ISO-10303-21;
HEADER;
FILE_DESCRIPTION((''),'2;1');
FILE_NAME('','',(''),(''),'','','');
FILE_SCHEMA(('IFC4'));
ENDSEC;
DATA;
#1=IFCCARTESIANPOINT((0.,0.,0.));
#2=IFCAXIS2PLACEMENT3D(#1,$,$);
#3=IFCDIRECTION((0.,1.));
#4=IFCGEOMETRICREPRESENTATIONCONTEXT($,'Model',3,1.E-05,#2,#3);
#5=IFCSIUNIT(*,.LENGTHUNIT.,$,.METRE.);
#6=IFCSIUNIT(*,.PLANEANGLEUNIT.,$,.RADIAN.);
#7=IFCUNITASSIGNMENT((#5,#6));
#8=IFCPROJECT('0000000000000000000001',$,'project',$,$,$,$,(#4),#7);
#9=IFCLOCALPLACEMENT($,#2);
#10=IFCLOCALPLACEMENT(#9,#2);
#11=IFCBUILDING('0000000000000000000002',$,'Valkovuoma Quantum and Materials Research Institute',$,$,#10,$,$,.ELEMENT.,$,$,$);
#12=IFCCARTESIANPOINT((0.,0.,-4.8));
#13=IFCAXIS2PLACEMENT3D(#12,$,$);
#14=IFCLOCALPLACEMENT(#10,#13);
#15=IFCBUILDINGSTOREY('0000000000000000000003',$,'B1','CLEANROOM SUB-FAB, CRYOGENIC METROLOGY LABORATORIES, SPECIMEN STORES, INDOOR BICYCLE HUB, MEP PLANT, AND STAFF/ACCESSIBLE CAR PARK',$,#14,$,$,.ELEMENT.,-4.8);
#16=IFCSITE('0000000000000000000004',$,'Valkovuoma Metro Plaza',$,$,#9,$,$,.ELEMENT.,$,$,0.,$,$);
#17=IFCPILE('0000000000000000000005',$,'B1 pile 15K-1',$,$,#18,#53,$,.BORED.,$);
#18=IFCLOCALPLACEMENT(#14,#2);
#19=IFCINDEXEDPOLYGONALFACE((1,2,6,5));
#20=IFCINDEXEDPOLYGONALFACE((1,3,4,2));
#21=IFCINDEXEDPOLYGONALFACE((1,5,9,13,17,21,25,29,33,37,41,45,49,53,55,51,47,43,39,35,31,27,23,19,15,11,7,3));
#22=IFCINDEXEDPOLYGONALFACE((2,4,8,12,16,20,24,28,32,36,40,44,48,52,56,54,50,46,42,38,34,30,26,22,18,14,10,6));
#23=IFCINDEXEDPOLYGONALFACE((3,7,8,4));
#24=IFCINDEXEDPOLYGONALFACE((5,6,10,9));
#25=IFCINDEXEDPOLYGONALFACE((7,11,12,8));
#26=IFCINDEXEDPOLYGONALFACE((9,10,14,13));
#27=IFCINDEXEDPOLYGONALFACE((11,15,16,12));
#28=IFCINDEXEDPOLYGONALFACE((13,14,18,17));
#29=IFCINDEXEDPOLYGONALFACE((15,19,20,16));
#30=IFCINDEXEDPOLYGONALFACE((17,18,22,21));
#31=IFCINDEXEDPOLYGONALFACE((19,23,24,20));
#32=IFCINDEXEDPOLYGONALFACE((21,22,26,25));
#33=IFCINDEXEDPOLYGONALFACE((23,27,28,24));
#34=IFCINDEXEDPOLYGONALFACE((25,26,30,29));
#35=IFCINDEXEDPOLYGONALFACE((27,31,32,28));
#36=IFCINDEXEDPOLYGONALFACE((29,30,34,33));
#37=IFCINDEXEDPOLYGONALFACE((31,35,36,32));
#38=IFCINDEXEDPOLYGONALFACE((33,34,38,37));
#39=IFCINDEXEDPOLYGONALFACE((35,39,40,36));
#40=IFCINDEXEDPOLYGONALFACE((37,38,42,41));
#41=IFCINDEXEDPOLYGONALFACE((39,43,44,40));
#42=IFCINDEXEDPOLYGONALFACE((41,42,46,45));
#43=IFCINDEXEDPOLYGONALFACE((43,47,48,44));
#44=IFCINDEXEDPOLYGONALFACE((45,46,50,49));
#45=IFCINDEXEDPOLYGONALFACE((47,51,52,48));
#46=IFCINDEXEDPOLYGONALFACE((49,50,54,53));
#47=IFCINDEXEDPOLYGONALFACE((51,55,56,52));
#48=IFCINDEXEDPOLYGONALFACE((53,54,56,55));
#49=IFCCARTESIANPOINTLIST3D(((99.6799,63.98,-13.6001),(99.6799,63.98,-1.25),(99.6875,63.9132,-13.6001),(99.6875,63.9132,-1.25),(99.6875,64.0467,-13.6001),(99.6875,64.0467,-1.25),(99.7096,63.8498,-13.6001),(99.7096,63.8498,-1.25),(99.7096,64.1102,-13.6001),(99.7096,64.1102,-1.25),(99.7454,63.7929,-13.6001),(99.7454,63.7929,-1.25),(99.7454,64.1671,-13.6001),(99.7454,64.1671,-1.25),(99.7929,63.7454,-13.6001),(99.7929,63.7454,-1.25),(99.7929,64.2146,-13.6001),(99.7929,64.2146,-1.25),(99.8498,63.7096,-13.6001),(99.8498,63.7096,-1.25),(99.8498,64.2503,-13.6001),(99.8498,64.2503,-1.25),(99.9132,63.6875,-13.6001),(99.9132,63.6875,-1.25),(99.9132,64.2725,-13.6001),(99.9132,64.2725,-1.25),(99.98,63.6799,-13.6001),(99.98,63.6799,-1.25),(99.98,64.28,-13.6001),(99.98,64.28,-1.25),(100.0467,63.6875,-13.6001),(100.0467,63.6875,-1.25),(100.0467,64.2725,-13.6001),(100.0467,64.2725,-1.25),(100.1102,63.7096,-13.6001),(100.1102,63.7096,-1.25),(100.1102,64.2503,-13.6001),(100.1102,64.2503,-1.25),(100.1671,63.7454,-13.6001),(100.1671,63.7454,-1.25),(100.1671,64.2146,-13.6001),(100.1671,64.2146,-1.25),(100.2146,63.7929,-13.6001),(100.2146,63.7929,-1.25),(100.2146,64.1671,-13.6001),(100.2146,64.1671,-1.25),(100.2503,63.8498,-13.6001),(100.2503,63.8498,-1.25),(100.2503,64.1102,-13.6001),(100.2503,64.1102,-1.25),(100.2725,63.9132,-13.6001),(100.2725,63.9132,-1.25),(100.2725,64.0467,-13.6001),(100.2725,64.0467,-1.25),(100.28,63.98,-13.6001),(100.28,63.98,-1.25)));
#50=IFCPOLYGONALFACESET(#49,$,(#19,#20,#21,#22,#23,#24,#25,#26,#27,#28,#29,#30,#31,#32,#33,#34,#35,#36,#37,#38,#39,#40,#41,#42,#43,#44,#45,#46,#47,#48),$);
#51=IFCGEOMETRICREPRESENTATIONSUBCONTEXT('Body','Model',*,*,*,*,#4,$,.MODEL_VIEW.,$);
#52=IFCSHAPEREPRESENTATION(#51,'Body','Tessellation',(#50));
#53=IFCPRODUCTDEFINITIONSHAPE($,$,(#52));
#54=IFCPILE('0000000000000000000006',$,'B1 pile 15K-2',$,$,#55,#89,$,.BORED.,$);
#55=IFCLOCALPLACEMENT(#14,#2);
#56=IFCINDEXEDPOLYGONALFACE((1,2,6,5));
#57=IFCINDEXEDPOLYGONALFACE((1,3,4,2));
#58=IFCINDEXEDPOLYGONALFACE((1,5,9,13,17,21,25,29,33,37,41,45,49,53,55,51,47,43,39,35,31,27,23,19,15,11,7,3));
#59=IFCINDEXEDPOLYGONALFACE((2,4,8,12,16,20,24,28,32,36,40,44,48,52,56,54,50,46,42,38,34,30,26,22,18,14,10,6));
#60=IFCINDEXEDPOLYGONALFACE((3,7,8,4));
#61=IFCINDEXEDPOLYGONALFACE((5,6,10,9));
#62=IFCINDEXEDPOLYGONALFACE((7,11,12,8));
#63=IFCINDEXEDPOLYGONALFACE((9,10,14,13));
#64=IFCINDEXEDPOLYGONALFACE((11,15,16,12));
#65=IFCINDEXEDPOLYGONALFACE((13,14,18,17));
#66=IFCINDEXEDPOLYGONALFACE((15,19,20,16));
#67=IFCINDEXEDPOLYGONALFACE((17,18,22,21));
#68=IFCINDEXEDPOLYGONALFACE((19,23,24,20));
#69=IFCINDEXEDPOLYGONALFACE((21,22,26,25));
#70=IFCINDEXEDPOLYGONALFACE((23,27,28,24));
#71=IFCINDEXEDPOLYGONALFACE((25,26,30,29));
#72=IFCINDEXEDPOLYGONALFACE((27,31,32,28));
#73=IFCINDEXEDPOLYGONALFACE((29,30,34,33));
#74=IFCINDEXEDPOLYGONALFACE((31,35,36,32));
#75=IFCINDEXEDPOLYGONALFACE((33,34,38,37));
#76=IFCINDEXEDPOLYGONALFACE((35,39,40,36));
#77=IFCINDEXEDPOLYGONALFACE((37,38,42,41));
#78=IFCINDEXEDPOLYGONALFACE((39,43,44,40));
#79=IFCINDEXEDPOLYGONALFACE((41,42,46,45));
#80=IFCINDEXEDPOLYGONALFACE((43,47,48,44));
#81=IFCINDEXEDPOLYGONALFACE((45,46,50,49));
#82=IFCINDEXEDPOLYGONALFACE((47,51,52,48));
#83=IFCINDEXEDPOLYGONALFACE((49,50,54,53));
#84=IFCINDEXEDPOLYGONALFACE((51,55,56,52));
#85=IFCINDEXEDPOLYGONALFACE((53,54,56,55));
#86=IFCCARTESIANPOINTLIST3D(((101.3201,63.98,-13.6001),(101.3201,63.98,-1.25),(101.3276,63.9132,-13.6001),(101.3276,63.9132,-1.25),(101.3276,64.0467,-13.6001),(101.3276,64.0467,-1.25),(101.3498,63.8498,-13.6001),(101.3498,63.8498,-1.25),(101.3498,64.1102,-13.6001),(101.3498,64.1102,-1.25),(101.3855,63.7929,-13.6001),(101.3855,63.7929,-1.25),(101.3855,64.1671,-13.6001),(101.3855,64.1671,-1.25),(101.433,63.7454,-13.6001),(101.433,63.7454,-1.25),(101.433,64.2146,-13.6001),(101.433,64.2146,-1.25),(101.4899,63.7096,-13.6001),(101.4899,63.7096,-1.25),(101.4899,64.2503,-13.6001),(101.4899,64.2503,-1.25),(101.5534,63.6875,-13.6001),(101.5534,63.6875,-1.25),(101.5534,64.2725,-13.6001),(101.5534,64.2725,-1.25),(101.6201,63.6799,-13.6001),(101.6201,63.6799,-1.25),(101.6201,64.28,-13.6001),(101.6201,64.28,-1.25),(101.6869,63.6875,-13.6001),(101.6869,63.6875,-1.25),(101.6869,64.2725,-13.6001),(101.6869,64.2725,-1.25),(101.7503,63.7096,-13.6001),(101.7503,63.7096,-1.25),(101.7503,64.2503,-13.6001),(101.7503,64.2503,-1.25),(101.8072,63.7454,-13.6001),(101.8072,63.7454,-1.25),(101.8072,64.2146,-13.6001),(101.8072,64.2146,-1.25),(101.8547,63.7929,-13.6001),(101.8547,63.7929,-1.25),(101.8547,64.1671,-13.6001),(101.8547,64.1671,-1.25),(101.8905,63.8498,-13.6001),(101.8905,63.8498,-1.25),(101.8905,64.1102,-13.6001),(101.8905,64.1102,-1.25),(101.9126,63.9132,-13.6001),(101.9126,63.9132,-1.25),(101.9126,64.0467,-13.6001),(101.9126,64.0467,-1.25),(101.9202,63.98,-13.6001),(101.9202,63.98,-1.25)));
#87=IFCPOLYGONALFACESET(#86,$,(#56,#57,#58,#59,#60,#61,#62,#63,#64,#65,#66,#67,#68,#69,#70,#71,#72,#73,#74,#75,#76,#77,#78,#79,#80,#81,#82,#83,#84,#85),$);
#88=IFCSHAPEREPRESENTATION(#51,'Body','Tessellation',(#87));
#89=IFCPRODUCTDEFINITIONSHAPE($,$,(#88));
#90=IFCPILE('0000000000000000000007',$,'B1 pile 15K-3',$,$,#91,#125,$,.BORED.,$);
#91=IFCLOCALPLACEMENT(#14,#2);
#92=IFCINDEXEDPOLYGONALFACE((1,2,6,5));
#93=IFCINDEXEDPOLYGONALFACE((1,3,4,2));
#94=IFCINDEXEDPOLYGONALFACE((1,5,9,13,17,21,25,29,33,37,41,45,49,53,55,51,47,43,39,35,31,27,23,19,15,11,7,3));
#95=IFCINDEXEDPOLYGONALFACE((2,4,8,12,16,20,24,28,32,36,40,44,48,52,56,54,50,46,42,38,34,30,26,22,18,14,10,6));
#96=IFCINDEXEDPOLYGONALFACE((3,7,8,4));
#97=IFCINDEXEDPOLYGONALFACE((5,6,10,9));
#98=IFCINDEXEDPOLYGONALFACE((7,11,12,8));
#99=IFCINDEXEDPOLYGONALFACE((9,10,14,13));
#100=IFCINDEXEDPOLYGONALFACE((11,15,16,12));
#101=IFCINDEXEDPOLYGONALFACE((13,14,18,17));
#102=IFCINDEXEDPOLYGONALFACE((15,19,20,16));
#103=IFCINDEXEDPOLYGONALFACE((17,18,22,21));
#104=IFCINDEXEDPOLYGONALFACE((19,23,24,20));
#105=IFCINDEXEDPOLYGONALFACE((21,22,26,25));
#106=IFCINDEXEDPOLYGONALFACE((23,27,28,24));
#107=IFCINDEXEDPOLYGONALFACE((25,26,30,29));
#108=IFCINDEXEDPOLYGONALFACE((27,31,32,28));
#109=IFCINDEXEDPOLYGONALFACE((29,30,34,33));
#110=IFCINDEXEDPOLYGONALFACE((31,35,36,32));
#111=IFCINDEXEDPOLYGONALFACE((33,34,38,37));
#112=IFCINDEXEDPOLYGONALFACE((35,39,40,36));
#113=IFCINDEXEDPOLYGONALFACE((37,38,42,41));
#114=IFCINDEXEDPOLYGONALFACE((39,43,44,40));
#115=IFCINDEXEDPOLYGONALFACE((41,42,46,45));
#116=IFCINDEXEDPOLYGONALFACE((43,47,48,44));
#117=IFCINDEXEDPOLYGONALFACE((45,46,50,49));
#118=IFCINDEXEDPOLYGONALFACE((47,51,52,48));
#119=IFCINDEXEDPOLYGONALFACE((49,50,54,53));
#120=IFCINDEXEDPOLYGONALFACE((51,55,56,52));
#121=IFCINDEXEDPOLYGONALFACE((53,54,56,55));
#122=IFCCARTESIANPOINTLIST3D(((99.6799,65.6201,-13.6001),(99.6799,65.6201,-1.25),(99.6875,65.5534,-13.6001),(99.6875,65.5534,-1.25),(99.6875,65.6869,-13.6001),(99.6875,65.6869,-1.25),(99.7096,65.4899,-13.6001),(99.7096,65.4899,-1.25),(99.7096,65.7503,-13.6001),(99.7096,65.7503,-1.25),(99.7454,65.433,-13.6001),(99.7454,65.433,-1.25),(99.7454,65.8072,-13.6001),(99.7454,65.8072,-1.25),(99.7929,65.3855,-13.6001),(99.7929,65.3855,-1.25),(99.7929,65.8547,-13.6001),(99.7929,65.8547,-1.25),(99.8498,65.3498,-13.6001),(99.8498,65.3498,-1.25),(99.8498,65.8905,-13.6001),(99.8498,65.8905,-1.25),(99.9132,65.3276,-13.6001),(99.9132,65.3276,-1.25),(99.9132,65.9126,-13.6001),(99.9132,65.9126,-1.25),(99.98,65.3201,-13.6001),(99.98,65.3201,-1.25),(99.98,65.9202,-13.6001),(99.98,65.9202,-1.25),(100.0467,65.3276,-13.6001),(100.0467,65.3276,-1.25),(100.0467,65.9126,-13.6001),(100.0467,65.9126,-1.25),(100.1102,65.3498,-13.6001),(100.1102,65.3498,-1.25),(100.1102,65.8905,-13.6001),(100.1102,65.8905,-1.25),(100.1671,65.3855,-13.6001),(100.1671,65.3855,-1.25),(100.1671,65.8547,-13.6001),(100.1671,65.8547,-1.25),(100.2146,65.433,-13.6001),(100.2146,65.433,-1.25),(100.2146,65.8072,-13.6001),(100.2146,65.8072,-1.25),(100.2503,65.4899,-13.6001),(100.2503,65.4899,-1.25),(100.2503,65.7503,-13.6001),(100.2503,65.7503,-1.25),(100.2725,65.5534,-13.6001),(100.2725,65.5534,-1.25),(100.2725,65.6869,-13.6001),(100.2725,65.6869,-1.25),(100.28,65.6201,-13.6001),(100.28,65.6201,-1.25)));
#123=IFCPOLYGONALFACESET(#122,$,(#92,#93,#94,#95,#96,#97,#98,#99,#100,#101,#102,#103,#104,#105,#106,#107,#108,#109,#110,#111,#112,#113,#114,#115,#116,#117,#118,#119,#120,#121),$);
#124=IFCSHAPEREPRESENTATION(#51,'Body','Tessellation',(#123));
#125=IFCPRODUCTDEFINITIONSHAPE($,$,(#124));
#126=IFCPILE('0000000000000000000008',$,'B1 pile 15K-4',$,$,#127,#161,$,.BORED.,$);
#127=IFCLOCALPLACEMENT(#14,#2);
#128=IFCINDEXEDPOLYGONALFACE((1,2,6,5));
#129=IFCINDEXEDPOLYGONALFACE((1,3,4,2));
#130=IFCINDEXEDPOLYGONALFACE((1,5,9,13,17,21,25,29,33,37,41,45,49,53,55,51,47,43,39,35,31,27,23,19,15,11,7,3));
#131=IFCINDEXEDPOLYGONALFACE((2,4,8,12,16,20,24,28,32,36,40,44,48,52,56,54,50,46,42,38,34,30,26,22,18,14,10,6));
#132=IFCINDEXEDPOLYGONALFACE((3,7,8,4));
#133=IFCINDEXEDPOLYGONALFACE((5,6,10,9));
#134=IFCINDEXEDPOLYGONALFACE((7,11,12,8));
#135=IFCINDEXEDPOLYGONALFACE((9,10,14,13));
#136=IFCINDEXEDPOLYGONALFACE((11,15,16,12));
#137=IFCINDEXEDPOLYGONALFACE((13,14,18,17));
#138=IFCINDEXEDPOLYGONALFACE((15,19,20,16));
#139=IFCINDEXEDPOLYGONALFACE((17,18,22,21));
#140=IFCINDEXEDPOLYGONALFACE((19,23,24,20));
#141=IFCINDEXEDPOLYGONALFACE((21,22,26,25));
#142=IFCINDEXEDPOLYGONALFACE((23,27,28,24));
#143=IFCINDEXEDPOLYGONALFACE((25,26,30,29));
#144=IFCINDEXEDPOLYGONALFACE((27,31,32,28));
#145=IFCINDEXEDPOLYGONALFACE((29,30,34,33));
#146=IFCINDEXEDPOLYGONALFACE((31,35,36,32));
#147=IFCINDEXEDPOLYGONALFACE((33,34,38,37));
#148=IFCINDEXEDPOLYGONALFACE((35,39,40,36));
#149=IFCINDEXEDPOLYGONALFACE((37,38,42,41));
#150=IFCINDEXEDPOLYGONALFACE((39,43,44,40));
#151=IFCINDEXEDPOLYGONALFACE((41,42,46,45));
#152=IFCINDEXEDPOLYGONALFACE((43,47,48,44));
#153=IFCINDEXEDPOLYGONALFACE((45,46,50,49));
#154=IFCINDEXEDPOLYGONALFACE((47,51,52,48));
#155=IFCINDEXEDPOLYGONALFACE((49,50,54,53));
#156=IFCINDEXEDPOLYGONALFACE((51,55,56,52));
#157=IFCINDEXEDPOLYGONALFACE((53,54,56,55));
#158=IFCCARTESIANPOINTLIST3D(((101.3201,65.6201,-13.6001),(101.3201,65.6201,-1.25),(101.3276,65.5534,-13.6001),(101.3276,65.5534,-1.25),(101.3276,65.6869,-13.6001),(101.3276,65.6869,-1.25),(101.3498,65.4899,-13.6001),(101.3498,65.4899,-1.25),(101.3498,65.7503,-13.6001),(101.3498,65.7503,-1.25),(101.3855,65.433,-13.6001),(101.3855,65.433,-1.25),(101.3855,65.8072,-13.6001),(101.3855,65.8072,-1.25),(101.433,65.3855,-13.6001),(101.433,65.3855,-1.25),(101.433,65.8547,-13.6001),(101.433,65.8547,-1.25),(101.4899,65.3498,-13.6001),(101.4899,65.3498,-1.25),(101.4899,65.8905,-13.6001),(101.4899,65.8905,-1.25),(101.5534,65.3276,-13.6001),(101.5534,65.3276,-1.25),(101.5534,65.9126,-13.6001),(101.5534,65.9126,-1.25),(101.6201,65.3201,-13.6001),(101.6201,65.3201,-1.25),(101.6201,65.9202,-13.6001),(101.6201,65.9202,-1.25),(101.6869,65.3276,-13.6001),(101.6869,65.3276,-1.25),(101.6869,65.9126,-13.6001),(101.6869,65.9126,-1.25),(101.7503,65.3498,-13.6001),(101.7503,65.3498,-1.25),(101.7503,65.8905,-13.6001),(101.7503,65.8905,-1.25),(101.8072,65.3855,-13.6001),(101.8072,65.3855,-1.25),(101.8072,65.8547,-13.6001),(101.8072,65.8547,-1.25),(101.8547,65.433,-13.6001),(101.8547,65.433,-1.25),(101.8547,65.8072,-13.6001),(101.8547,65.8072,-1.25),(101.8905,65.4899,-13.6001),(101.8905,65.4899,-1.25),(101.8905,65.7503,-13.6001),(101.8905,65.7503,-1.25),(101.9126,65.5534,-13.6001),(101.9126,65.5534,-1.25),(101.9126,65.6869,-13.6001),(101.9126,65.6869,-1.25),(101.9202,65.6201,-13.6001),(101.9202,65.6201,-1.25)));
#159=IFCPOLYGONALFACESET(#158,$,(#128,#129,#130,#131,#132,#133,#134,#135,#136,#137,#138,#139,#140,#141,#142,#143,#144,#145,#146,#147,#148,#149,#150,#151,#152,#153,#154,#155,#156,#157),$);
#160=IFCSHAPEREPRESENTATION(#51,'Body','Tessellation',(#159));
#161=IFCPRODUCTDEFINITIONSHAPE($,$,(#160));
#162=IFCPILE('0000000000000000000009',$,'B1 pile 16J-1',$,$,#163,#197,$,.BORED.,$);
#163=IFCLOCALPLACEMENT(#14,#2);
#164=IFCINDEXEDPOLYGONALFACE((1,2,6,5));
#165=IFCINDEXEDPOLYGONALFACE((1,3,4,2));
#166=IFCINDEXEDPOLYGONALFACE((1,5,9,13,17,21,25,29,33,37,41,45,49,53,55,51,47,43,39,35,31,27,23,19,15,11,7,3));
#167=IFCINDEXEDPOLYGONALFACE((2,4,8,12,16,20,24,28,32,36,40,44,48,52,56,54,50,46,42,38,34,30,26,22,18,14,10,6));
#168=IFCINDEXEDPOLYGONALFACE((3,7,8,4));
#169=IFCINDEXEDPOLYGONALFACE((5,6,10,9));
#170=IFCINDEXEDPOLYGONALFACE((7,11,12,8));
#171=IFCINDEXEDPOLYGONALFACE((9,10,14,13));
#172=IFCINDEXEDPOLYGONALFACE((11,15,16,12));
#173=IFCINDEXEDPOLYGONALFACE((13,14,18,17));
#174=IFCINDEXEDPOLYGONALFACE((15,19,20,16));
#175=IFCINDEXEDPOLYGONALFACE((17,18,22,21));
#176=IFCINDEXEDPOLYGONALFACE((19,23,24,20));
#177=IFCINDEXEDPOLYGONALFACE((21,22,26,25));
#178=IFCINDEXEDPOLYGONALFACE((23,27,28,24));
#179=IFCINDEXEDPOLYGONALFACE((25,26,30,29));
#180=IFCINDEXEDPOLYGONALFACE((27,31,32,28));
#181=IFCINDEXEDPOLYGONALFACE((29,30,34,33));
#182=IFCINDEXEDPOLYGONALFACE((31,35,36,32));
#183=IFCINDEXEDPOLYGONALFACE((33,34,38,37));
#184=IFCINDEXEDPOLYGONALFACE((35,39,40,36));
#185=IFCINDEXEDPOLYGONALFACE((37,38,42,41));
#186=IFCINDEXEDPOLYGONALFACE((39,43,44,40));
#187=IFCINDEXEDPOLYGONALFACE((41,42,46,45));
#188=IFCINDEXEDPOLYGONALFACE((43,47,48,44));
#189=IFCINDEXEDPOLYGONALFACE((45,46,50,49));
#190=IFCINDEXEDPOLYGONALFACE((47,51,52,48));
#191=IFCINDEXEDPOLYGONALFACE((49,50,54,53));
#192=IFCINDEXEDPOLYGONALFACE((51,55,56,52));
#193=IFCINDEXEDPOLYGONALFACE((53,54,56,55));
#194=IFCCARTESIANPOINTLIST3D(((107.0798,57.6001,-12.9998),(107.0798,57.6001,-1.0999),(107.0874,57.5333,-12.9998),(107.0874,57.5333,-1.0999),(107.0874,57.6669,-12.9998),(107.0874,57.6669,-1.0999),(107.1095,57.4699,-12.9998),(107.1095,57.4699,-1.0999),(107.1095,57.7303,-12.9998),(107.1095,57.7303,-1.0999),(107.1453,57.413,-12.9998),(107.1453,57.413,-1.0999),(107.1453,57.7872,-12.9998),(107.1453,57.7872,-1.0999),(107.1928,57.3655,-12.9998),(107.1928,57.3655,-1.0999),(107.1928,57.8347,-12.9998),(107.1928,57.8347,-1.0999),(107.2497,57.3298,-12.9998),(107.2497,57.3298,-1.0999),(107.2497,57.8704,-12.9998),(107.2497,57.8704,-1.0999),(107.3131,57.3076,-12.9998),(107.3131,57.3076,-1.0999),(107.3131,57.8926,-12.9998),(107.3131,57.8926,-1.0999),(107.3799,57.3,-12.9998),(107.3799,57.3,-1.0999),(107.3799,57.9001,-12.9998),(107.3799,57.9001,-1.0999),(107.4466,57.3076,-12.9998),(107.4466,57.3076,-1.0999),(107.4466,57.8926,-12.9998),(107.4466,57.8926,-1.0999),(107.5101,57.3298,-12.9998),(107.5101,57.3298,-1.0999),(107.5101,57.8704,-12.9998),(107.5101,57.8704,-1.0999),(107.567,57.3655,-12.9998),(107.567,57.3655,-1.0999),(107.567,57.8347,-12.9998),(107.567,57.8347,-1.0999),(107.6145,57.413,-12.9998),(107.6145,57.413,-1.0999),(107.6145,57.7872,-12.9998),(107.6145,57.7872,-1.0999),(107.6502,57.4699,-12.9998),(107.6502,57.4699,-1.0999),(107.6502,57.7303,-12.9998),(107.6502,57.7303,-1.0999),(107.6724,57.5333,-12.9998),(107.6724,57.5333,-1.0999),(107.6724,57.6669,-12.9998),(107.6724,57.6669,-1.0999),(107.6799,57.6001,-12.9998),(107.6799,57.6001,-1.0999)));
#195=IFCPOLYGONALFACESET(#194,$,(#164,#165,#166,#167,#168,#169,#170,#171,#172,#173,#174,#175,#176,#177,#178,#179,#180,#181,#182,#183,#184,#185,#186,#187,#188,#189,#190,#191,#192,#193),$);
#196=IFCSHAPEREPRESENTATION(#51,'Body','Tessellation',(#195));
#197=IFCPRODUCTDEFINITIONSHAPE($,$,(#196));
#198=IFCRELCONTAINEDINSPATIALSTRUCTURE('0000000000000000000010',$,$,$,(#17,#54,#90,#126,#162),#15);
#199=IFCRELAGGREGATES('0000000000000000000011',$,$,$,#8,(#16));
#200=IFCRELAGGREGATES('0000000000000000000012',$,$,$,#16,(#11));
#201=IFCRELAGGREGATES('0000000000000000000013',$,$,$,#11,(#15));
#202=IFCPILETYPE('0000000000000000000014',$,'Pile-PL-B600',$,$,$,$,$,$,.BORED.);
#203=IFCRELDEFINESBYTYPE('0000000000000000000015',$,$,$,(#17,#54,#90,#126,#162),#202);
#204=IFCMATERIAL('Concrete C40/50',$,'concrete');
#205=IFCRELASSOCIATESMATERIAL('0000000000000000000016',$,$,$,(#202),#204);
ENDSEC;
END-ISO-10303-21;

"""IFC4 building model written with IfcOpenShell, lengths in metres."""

from ifc_helpers import new_model, si_unit, direction, frame, origin, origin_2d, place, context, subcontext, project, spatial, circle, extrude, material, material_profile, profile_set, type_object, element, save


model = new_model("IFC4")

# Units and contexts
model_context = context("Model", 3, precision=1e-05, world=origin(), true_north=direction((0.0, 1.0)))
body_context = subcontext(model_context, "Body", "Model", "MODEL_VIEW")
ifc_project = project(units=[si_unit("LENGTHUNIT", "METRE"), si_unit("PLANEANGLEUNIT", "RADIAN")], contexts=[model_context])

# Site, building, storey
site_placement = place(None, origin())
site = spatial("IfcSite", under=ifc_project, at=site_placement, Name="Valkovuoma Metro Plaza", CompositionType="ELEMENT", RefElevation=0.0)
building_placement = place(site_placement, origin())
building = spatial("IfcBuilding", under=site, at=building_placement, Name="Valkovuoma Quantum and Materials Research Institute", CompositionType="ELEMENT")
storey_placement = place(building_placement, frame((0.0, 0.0, -4.8)))
storey = spatial("IfcBuildingStorey", under=building, at=storey_placement, Name="B1", Description="CLEANROOM SUB-FAB, CRYOGENIC METROLOGY LABORATORIES, SPECIMEN STORES, INDOOR BICYCLE HUB, MEP PLANT, AND STAFF/ACCESSIBLE CAR PARK", CompositionType="ELEMENT", Elevation=-4.8)

# Piles
ifc_material_1 = material(Name="Concrete C40/50", Category="concrete")
ifc_material_profile_1 = material_profile(ifc_material_1, circle(Radius=0.3, at=origin_2d()), Name="Concrete C40/50")
ifc_profile_set_1 = profile_set([ifc_material_profile_1], Name="Concrete C40/50")
pile_type_1 = type_object("IfcPileType", Name="Pile-PL-B600", PredefinedType="BORED", material=ifc_profile_set_1)
for number, where, z_axis, x_axis, name in (
    (1, (99.98, 63.98, -1.25), (0.0, 0.0, -1.0), (1.0, 0.0, 0.0), "B1 pile 15K-1"),
    (2, (101.6201, 63.98, -1.25), (0.0, 0.0, -1.0), (1.0, 0.0, 0.0), "B1 pile 15K-2"),
    (3, (99.98, 65.6201, -1.25), (0.0, 0.0, -1.0), (1.0, 0.0, 0.0), "B1 pile 15K-3"),
    (4, (101.6201, 65.6201, -1.25), (0.0, 0.0, -1.0), (1.0, 0.0, 0.0), "B1 pile 15K-4"),
):
    element("IfcPile", number, at=place(storey_placement, frame(where, z_axis=z_axis, x_axis=x_axis)), inside=storey, type_object=pile_type_1, Name=name, PredefinedType="BORED", context=body_context, shape_type="SweptSolid", body=[
        extrude(circle(Radius=0.3, at=origin_2d()), origin(), (0.0, 0.0, 1.0), 12.3501),
    ])
pile_1_placement = place(storey_placement, frame((107.3799, 57.6001, -1.0999), z_axis=(0.0, 0.0, -1.0), x_axis=(1.0, 0.0, 0.0)))
element("IfcPile", 5, at=pile_1_placement, inside=storey, type_object=pile_type_1, Name="B1 pile 16J-1", PredefinedType="BORED", context=body_context, shape_type="SweptSolid", body=[
    extrude(circle(Radius=0.3, at=origin_2d()), origin(), (0.0, 0.0, 1.0), 11.8999),
])

save(model, "model.ifc")
